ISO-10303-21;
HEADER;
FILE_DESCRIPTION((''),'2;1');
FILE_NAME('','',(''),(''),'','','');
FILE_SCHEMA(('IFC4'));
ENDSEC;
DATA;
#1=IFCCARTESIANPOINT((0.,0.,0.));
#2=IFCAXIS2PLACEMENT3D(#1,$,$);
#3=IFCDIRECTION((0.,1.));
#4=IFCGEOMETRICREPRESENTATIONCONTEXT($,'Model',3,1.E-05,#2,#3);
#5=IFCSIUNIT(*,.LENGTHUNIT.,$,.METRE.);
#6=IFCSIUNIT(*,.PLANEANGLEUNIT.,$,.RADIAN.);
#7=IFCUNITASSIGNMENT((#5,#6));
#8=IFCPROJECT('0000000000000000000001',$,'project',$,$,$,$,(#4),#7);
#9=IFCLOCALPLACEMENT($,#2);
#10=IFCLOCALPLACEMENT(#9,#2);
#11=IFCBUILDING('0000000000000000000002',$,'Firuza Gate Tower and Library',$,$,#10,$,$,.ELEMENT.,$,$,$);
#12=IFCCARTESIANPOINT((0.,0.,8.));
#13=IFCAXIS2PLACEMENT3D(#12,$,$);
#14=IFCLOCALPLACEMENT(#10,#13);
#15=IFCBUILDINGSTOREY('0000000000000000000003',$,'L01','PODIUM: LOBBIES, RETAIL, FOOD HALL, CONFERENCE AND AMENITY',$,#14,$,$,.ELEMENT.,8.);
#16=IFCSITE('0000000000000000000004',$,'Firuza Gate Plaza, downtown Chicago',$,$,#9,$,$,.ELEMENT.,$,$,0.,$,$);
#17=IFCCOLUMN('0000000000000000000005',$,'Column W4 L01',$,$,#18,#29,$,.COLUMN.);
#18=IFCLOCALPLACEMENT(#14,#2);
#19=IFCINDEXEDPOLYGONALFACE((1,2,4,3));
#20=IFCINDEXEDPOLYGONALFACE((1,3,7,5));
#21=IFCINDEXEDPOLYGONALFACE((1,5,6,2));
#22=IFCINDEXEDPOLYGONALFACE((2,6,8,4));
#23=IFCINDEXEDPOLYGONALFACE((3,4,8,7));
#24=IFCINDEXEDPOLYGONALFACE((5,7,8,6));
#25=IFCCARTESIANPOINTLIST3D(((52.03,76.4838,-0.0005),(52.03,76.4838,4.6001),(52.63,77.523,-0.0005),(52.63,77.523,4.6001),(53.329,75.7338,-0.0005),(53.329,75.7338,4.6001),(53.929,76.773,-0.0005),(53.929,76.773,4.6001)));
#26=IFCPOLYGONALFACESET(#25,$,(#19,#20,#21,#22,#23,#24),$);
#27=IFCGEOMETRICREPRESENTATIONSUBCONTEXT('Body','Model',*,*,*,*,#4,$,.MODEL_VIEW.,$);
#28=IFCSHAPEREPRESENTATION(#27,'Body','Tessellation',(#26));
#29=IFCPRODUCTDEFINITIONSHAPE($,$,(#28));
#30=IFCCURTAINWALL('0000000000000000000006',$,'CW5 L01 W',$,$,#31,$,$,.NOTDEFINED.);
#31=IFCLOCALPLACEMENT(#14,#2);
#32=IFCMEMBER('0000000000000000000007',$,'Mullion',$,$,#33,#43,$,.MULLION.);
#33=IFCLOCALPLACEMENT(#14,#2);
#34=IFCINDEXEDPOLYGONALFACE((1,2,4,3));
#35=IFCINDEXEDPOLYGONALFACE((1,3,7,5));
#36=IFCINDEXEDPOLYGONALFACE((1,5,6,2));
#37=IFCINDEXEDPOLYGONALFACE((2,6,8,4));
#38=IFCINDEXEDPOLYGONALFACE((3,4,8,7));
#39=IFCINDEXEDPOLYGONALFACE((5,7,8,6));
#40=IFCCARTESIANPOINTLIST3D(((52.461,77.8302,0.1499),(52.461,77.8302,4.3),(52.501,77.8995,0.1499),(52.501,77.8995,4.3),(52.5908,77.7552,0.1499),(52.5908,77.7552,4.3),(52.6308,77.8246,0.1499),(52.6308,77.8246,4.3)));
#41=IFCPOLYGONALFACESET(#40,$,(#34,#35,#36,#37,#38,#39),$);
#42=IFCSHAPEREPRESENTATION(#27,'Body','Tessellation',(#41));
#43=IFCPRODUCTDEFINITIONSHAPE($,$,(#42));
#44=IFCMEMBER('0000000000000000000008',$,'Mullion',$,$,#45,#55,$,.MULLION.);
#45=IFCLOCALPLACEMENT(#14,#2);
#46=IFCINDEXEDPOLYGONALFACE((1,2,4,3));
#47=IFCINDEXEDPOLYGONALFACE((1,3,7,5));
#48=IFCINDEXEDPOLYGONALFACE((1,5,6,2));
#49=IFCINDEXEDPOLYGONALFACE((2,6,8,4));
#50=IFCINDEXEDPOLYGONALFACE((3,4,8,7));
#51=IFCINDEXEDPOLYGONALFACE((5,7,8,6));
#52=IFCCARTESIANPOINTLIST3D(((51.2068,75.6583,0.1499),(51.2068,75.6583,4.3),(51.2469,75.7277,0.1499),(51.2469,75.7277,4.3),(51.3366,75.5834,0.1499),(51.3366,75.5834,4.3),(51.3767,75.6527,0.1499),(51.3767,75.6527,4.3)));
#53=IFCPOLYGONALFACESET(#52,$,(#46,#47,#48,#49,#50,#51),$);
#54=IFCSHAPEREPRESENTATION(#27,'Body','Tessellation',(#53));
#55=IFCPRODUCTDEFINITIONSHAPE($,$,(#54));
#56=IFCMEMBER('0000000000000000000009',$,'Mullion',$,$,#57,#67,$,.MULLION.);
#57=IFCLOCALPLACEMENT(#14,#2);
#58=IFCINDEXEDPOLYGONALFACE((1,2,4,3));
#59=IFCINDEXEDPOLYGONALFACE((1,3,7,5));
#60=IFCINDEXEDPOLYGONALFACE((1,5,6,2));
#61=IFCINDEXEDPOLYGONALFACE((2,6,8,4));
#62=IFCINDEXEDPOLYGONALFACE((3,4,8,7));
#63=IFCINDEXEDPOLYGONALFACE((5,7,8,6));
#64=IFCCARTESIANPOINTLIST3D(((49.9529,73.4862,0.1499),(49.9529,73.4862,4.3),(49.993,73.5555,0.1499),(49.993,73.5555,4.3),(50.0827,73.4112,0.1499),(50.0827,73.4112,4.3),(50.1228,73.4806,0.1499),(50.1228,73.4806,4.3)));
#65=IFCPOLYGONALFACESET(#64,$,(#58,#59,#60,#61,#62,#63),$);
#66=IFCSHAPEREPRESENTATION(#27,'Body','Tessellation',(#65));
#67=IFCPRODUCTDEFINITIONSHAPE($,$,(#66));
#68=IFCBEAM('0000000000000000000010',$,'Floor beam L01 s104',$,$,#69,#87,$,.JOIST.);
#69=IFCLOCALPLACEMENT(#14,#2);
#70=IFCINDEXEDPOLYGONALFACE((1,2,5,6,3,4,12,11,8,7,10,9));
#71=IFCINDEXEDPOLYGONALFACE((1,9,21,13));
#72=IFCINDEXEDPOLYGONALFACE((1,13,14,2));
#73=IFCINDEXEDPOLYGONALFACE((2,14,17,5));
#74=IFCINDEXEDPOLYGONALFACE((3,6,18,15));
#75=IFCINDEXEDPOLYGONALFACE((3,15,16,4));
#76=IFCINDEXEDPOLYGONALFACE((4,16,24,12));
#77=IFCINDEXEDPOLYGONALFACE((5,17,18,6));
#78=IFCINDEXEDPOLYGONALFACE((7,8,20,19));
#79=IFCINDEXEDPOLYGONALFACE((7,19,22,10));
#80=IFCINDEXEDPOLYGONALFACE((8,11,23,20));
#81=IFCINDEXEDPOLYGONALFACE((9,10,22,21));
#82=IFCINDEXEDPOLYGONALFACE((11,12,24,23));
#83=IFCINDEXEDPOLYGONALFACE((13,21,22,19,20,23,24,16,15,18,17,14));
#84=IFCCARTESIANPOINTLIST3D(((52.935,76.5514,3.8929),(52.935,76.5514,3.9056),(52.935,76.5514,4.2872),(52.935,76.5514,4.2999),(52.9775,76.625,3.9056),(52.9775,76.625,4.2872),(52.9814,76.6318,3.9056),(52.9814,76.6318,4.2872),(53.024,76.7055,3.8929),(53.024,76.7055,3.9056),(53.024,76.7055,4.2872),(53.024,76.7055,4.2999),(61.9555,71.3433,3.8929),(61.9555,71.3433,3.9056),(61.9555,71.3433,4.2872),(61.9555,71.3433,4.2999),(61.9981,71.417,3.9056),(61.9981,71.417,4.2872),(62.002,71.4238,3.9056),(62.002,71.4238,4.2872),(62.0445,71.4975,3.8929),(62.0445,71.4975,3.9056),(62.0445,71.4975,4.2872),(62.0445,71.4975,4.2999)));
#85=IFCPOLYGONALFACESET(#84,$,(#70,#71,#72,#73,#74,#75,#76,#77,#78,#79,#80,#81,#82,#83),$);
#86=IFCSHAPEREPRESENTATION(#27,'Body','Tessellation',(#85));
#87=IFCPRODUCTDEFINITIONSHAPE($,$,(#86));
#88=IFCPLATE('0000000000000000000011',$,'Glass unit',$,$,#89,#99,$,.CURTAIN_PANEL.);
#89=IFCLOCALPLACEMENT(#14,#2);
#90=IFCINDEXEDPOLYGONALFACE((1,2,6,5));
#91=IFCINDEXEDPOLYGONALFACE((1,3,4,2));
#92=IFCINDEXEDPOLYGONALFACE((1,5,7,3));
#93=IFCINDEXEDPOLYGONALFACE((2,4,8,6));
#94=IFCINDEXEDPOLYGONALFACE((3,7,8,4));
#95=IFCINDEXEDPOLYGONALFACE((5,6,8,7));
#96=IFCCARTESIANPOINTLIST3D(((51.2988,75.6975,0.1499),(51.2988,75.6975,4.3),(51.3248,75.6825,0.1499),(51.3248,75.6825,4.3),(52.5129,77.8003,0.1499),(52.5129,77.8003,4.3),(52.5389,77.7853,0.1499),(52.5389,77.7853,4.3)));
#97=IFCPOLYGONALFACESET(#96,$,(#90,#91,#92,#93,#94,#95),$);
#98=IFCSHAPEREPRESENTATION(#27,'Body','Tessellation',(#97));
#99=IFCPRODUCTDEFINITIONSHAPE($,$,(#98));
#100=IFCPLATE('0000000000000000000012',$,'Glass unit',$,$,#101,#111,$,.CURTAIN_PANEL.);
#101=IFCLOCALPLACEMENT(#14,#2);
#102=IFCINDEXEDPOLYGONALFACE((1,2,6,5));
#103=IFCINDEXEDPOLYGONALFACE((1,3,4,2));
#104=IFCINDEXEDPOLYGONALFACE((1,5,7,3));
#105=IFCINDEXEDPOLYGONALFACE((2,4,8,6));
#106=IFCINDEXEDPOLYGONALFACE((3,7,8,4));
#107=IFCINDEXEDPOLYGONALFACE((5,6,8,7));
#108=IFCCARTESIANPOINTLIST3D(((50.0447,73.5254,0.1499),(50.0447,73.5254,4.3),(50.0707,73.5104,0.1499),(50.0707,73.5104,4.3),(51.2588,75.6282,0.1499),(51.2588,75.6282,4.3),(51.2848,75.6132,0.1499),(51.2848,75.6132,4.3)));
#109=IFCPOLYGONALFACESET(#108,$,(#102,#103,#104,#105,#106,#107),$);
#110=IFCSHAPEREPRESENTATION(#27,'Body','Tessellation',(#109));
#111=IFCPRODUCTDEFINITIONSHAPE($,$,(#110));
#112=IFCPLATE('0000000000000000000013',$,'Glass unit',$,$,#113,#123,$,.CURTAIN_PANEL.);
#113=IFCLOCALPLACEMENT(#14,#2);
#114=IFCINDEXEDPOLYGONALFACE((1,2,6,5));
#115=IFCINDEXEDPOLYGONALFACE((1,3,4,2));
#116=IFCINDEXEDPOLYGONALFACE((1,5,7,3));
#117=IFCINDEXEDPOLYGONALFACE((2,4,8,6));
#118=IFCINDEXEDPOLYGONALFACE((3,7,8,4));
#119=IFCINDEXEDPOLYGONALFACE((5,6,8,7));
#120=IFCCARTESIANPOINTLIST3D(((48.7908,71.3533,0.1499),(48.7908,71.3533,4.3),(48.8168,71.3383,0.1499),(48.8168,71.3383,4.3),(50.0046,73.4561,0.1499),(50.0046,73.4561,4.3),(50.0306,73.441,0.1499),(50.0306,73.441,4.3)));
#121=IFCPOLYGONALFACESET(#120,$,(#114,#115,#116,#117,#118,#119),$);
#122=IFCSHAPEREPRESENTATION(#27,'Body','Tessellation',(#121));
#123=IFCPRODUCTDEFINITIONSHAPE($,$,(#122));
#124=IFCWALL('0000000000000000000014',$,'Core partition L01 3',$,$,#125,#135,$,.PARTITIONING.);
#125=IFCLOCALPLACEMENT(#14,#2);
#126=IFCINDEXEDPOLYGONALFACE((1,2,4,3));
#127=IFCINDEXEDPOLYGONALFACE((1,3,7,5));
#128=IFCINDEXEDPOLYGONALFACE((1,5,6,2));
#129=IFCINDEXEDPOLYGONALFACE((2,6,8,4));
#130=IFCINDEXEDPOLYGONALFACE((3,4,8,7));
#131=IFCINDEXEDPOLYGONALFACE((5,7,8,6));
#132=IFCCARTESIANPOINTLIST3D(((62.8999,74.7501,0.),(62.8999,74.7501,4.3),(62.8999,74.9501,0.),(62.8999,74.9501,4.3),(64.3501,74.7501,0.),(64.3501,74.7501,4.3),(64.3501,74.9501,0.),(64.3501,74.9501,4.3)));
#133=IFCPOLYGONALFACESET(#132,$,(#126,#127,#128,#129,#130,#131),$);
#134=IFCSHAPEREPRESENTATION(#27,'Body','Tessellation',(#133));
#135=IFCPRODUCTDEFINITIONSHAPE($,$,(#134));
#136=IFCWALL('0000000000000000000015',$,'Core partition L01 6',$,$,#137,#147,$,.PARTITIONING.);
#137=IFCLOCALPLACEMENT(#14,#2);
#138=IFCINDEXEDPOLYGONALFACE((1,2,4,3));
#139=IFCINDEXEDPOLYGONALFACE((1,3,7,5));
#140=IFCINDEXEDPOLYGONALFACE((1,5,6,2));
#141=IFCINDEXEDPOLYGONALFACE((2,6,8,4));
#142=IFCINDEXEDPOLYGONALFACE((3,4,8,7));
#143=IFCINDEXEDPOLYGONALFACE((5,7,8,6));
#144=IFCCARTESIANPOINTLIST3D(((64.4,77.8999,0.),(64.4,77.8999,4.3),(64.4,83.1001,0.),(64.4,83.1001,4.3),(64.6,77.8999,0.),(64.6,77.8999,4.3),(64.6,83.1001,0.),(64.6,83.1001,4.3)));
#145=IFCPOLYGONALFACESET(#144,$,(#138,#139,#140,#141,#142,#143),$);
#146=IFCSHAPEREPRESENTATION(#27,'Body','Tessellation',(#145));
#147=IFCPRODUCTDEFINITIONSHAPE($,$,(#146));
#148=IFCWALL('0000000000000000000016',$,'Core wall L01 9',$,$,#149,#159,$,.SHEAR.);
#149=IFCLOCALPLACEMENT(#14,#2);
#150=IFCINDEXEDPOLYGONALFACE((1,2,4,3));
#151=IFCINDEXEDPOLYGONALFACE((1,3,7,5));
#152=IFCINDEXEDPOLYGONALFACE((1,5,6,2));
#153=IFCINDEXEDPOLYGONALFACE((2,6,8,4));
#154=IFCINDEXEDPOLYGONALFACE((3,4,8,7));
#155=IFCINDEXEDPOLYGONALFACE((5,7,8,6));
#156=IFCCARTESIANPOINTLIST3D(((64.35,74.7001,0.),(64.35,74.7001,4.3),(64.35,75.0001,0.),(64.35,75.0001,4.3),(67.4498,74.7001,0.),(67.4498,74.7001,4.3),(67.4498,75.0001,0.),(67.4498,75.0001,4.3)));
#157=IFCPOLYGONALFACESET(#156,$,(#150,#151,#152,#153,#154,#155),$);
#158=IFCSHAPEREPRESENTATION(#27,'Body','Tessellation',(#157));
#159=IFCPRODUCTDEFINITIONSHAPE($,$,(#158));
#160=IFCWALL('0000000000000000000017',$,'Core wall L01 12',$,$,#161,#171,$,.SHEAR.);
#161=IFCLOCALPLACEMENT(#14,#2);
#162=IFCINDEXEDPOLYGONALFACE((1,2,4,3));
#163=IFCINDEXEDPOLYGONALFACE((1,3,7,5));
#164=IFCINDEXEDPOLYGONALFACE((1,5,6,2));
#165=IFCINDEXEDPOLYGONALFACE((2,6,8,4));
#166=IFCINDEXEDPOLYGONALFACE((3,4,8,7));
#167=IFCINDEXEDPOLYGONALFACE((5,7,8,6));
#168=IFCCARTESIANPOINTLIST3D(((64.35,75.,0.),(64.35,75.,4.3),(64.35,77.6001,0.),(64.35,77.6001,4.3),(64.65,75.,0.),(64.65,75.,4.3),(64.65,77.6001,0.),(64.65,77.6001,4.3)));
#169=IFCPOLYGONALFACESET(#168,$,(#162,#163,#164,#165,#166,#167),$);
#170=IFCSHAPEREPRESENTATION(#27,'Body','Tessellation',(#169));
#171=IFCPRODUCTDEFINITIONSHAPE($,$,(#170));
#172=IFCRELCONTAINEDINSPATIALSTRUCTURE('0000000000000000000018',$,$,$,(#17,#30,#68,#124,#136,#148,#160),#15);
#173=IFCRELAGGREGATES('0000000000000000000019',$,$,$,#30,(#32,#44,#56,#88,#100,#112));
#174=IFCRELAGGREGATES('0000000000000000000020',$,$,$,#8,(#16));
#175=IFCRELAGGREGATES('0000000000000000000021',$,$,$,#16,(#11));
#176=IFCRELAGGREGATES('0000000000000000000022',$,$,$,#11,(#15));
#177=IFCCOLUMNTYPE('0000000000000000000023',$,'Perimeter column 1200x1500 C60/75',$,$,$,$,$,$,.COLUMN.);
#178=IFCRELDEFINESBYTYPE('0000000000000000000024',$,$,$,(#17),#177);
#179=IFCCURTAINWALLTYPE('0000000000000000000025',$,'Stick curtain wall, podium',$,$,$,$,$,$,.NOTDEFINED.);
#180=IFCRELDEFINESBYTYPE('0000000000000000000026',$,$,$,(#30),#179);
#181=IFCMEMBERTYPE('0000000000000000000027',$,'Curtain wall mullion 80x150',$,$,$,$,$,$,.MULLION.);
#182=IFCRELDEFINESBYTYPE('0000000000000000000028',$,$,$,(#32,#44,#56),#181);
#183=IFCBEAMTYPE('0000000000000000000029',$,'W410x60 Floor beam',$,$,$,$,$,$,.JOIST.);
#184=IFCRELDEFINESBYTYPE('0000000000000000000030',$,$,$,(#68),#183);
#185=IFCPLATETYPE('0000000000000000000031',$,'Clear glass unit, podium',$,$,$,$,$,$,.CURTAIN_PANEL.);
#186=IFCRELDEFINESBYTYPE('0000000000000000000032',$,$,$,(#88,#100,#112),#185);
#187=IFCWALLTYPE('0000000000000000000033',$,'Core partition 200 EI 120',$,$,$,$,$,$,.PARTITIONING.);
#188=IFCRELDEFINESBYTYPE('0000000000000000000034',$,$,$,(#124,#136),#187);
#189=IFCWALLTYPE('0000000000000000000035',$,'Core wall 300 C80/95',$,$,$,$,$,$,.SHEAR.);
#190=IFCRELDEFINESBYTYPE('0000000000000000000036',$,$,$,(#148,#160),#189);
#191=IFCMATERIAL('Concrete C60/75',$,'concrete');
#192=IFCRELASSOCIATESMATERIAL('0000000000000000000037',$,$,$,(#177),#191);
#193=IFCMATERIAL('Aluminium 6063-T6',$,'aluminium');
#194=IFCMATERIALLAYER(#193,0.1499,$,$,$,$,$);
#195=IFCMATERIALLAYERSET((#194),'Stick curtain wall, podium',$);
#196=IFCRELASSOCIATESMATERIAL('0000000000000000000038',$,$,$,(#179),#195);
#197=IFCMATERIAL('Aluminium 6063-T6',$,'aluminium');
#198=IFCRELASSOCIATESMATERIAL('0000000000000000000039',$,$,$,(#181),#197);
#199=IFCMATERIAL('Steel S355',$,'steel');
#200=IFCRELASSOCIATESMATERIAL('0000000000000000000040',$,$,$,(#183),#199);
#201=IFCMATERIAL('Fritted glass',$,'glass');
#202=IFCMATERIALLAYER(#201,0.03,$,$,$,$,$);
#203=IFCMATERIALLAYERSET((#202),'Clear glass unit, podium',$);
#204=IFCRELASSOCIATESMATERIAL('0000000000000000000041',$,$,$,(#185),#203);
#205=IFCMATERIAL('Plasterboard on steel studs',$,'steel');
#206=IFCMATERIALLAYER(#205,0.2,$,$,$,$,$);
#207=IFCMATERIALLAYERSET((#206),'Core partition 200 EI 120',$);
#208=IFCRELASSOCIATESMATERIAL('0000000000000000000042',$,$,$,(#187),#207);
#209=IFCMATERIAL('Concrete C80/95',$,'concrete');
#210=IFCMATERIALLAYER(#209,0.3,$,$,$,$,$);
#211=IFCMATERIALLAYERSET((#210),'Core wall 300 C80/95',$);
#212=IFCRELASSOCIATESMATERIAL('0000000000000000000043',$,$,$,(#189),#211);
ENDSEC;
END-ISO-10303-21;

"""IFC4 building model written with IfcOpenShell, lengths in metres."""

from ifc_helpers import new_model, si_unit, direction, frame, frame_2d, origin, origin_2d, place, context, subcontext, project, spatial, polyline, rectangle, i_section, outline, extrude, material, layer, layer_set, material_profile, profile_set, type_object, element, aggregate, save


model = new_model("IFC4")

# Units and contexts
model_context = context("Model", 3, precision=1e-05, world=origin(), true_north=direction((0.0, 1.0)))
body_context = subcontext(model_context, "Body", "Model", "MODEL_VIEW")
ifc_project = project(units=[si_unit("LENGTHUNIT", "METRE"), si_unit("PLANEANGLEUNIT", "RADIAN")], contexts=[model_context])

# Site, building, storey
site_placement = place(None, origin())
site = spatial("IfcSite", under=ifc_project, at=site_placement, Name="Firuza Gate Plaza, downtown Chicago", CompositionType="ELEMENT", RefElevation=0.0)
building_placement = place(site_placement, origin())
building = spatial("IfcBuilding", under=site, at=building_placement, Name="Firuza Gate Tower and Library", CompositionType="ELEMENT")
storey_placement = place(building_placement, frame((0.0, 0.0, 8.0)))
storey = spatial("IfcBuildingStorey", under=building, at=storey_placement, Name="L01", Description="PODIUM: LOBBIES, RETAIL, FOOD HALL, CONFERENCE AND AMENITY", CompositionType="ELEMENT", Elevation=8.0)

# Column
ifc_material_1 = material(Name="Concrete C60/75", Category="concrete")
ifc_material_profile_1 = material_profile(ifc_material_1, rectangle(XDim=1.2, YDim=1.5, at=origin_2d()))
ifc_profile_set_1 = profile_set([ifc_material_profile_1], Name="Concrete C60/75")
column_type = type_object("IfcColumnType", Name="Perimeter column 1200x1500 C60/75", PredefinedType="COLUMN", material=ifc_profile_set_1)
column_placement = place(storey_placement, frame((52.9795, 76.6284, -0.0005), z_axis=(0.0, 0.0, 1.0), x_axis=(-0.5, -0.866025, 0.0)))
element("IfcColumn", 1, at=column_placement, inside=storey, type_object=column_type, Name="Column W4 L01", PredefinedType="COLUMN", context=body_context, shape_type="SweptSolid", body=[
    extrude(rectangle(XDim=1.2, YDim=1.5, at=origin_2d()), origin(), (0.0, 0.0, 1.0), 4.6006),
])

# Curtain wall, members
ifc_material_2 = material(Name="Aluminium 6063-T6", Category="aluminium")
ifc_layer_1 = layer(ifc_material_2, 0.1499)
ifc_layer_set_1 = layer_set([ifc_layer_1], Name="Stick curtain wall, podium")
curtain_wall_type = type_object("IfcCurtainWallType", Name="Stick curtain wall, podium", PredefinedType="NOTDEFINED", material=ifc_layer_set_1)
curtain_wall_placement = place(storey_placement, origin())
curtain_wall = element("IfcCurtainWall", 2, at=curtain_wall_placement, inside=storey, type_object=curtain_wall_type, Name="CW5 L01 W", PredefinedType="NOTDEFINED")
ifc_material_3 = material(Name="Aluminium 6063-T6", Category="aluminium")
ifc_material_profile_2 = material_profile(ifc_material_3, rectangle(XDim=0.1499, YDim=0.0801, at=origin_2d()))
ifc_profile_set_2 = profile_set([ifc_material_profile_2], Name="Aluminium 6063-T6")
member_type = type_object("IfcMemberType", Name="Curtain wall mullion 80x150", PredefinedType="MULLION", material=ifc_profile_set_2)
member_1_placement = place(storey_placement, frame((52.5459, 77.8274, 0.1499), z_axis=(0.0, 0.0, 1.0), x_axis=(0.866025, -0.5, 0.0)))
member_1 = element("IfcMember", 3, at=member_1_placement, type_object=member_type, Name="Mullion", PredefinedType="MULLION", context=body_context, shape_type="SweptSolid", body=[
    extrude(rectangle(XDim=0.1499, YDim=0.0801, at=origin_2d()), origin(), (0.0, 0.0, 1.0), 4.1501),
])
member_2_placement = place(storey_placement, frame((51.2917, 75.6555, 0.1499), z_axis=(0.0, 0.0, 1.0), x_axis=(0.866025, -0.5, 0.0)))
member_2 = element("IfcMember", 4, at=member_2_placement, type_object=member_type, Name="Mullion", PredefinedType="MULLION", context=body_context, shape_type="SweptSolid", body=[
    extrude(rectangle(XDim=0.1499, YDim=0.0801, at=origin_2d()), origin(), (0.0, 0.0, 1.0), 4.1501),
])
member_3_placement = place(storey_placement, frame((50.0378, 73.4834, 0.1499), z_axis=(0.0, 0.0, 1.0), x_axis=(0.866025, -0.5, 0.0)))
member_3 = element("IfcMember", 5, at=member_3_placement, type_object=member_type, Name="Mullion", PredefinedType="MULLION", context=body_context, shape_type="SweptSolid", body=[
    extrude(rectangle(XDim=0.1499, YDim=0.0801, at=origin_2d()), origin(), (0.0, 0.0, 1.0), 4.1501),
])

# Beam
ifc_material_4 = material(Name="Steel S355", Category="steel")
ifc_material_profile_3 = material_profile(ifc_material_4, i_section(OverallWidth=0.178, OverallDepth=0.407, WebThickness=0.0078, FlangeThickness=0.0127, at=origin_2d()))
ifc_profile_set_3 = profile_set([ifc_material_profile_3], Name="Steel S355")
beam_type = type_object("IfcBeamType", Name="W410x60 Floor beam", PredefinedType="JOIST", material=ifc_profile_set_3)
beam_placement = place(storey_placement, frame((52.9795, 76.6284, 4.0964), z_axis=(0.866025, -0.500001, 0.0), x_axis=(0.500001, 0.866025, 0.0)))
element("IfcBeam", 6, at=beam_placement, inside=storey, type_object=beam_type, Name="Floor beam L01 s104", PredefinedType="JOIST", context=body_context, shape_type="SweptSolid", body=[
    extrude(i_section(OverallWidth=0.178, OverallDepth=0.407, WebThickness=0.0078, FlangeThickness=0.0127, at=origin_2d()), origin(), (0.0, 0.0, 1.0), 10.416),
])

# Plates
ifc_material_5 = material(Name="Fritted glass", Category="glass")
ifc_layer_2 = layer(ifc_material_5, 0.03)
ifc_layer_set_2 = layer_set([ifc_layer_2], Name="Clear glass unit, podium")
plate_type = type_object("IfcPlateType", Name="Clear glass unit, podium", PredefinedType="CURTAIN_PANEL", material=ifc_layer_set_2)
plate_1_placement = place(storey_placement, frame((52.5129, 77.8003, 0.1499), z_axis=(-0.866013, 0.500021, 0.0), x_axis=(-0.500021, -0.866013, 0.0)))
plate_1 = element("IfcPlate", 7, at=plate_1_placement, type_object=plate_type, Name="Glass unit", PredefinedType="CURTAIN_PANEL", context=body_context, shape_type="SweptSolid", body=[
    extrude(outline(polyline([(0.0, 0.0), (2.4281, 0.0), (2.4281, 4.1501), (0.0, 4.1501), (0.0, 0.0)])), origin(), (0.0, 0.0, -1.0), 0.03),
])
plate_2_placement = place(storey_placement, frame((51.2588, 75.6282, 0.1499), z_axis=(-0.866013, 0.500021, 0.0), x_axis=(-0.500021, -0.866013, 0.0)))
plate_2 = element("IfcPlate", 8, at=plate_2_placement, type_object=plate_type, Name="Glass unit", PredefinedType="CURTAIN_PANEL", context=body_context, shape_type="SweptSolid", body=[
    extrude(outline(polyline([(0.0, 0.0), (2.4281, 0.0), (2.4281, 4.1501), (0.0, 4.1501), (0.0, 0.0)])), origin(), (0.0, 0.0, -1.0), 0.03),
])
plate_3_placement = place(storey_placement, frame((50.0046, 73.4561, 0.1499), z_axis=(-0.866057, 0.499946, 0.0), x_axis=(-0.499946, -0.866057, 0.0)))
plate_3 = element("IfcPlate", 9, at=plate_3_placement, type_object=plate_type, Name="Glass unit", PredefinedType="CURTAIN_PANEL", context=body_context, shape_type="SweptSolid", body=[
    extrude(outline(polyline([(0.0, 0.0), (2.428, 0.0), (2.428, 4.1501), (0.0, 4.1501), (0.0, 0.0)])), origin(), (0.0, 0.0, -1.0), 0.03),
])
aggregate(curtain_wall, [member_1, member_2, member_3, plate_1, plate_2, plate_3])

# Walls
ifc_material_6 = material(Name="Plasterboard on steel studs", Category="steel")
ifc_layer_3 = layer(ifc_material_6, 0.2)
ifc_layer_set_3 = layer_set([ifc_layer_3], Name="Core partition 200 EI 120")
wall_type_1 = type_object("IfcWallType", Name="Core partition 200 EI 120", PredefinedType="PARTITIONING", material=ifc_layer_set_3)
wall_1_placement = place(storey_placement, frame((62.8999, 74.8501, 0.0), z_axis=(0.0, 0.0, 1.0), x_axis=(1.0, 0.0, 0.0)))
element("IfcWall", 10, at=wall_1_placement, inside=storey, type_object=wall_type_1, Name="Core partition L01 3", PredefinedType="PARTITIONING", context=body_context, shape_type="SweptSolid", body=[
    extrude(rectangle(XDim=1.4502, YDim=0.2, at=frame_2d((0.7251, 0.0))), origin(), (0.0, 0.0, 1.0), 4.3),
])
wall_2_placement = place(storey_placement, frame((64.5, 77.8999, 0.0), z_axis=(0.0, 0.0, 1.0), x_axis=(0.0, 1.0, 0.0)))
element("IfcWall", 11, at=wall_2_placement, inside=storey, type_object=wall_type_1, Name="Core partition L01 6", PredefinedType="PARTITIONING", context=body_context, shape_type="SweptSolid", body=[
    extrude(rectangle(XDim=5.2002, YDim=0.2, at=frame_2d((2.6001, 0.0))), origin(), (0.0, 0.0, 1.0), 4.3),
])
ifc_material_7 = material(Name="Concrete C80/95", Category="concrete")
ifc_layer_4 = layer(ifc_material_7, 0.3)
ifc_layer_set_4 = layer_set([ifc_layer_4], Name="Core wall 300 C80/95")
wall_type_2 = type_object("IfcWallType", Name="Core wall 300 C80/95", PredefinedType="SHEAR", material=ifc_layer_set_4)
wall_3_placement = place(storey_placement, frame((64.3501, 74.8501, 0.0), z_axis=(0.0, 0.0, 1.0), x_axis=(1.0, 0.0, 0.0)))
element("IfcWall", 12, at=wall_3_placement, inside=storey, type_object=wall_type_2, Name="Core wall L01 9", PredefinedType="SHEAR", context=body_context, shape_type="SweptSolid", body=[
    extrude(rectangle(XDim=3.0999, YDim=0.3, at=frame_2d((1.5498, 0.0))), origin(), (0.0, 0.0, 1.0), 4.3),
])
wall_4_placement = place(storey_placement, frame((64.5, 75.0, 0.0), z_axis=(0.0, 0.0, 1.0), x_axis=(0.0, 1.0, 0.0)))
element("IfcWall", 13, at=wall_4_placement, inside=storey, type_object=wall_type_2, Name="Core wall L01 12", PredefinedType="SHEAR", context=body_context, shape_type="SweptSolid", body=[
    extrude(rectangle(XDim=2.6001, YDim=0.3, at=frame_2d((1.3, 0.0))), origin(), (0.0, 0.0, 1.0), 4.3),
])

save(model, "model.ifc")
